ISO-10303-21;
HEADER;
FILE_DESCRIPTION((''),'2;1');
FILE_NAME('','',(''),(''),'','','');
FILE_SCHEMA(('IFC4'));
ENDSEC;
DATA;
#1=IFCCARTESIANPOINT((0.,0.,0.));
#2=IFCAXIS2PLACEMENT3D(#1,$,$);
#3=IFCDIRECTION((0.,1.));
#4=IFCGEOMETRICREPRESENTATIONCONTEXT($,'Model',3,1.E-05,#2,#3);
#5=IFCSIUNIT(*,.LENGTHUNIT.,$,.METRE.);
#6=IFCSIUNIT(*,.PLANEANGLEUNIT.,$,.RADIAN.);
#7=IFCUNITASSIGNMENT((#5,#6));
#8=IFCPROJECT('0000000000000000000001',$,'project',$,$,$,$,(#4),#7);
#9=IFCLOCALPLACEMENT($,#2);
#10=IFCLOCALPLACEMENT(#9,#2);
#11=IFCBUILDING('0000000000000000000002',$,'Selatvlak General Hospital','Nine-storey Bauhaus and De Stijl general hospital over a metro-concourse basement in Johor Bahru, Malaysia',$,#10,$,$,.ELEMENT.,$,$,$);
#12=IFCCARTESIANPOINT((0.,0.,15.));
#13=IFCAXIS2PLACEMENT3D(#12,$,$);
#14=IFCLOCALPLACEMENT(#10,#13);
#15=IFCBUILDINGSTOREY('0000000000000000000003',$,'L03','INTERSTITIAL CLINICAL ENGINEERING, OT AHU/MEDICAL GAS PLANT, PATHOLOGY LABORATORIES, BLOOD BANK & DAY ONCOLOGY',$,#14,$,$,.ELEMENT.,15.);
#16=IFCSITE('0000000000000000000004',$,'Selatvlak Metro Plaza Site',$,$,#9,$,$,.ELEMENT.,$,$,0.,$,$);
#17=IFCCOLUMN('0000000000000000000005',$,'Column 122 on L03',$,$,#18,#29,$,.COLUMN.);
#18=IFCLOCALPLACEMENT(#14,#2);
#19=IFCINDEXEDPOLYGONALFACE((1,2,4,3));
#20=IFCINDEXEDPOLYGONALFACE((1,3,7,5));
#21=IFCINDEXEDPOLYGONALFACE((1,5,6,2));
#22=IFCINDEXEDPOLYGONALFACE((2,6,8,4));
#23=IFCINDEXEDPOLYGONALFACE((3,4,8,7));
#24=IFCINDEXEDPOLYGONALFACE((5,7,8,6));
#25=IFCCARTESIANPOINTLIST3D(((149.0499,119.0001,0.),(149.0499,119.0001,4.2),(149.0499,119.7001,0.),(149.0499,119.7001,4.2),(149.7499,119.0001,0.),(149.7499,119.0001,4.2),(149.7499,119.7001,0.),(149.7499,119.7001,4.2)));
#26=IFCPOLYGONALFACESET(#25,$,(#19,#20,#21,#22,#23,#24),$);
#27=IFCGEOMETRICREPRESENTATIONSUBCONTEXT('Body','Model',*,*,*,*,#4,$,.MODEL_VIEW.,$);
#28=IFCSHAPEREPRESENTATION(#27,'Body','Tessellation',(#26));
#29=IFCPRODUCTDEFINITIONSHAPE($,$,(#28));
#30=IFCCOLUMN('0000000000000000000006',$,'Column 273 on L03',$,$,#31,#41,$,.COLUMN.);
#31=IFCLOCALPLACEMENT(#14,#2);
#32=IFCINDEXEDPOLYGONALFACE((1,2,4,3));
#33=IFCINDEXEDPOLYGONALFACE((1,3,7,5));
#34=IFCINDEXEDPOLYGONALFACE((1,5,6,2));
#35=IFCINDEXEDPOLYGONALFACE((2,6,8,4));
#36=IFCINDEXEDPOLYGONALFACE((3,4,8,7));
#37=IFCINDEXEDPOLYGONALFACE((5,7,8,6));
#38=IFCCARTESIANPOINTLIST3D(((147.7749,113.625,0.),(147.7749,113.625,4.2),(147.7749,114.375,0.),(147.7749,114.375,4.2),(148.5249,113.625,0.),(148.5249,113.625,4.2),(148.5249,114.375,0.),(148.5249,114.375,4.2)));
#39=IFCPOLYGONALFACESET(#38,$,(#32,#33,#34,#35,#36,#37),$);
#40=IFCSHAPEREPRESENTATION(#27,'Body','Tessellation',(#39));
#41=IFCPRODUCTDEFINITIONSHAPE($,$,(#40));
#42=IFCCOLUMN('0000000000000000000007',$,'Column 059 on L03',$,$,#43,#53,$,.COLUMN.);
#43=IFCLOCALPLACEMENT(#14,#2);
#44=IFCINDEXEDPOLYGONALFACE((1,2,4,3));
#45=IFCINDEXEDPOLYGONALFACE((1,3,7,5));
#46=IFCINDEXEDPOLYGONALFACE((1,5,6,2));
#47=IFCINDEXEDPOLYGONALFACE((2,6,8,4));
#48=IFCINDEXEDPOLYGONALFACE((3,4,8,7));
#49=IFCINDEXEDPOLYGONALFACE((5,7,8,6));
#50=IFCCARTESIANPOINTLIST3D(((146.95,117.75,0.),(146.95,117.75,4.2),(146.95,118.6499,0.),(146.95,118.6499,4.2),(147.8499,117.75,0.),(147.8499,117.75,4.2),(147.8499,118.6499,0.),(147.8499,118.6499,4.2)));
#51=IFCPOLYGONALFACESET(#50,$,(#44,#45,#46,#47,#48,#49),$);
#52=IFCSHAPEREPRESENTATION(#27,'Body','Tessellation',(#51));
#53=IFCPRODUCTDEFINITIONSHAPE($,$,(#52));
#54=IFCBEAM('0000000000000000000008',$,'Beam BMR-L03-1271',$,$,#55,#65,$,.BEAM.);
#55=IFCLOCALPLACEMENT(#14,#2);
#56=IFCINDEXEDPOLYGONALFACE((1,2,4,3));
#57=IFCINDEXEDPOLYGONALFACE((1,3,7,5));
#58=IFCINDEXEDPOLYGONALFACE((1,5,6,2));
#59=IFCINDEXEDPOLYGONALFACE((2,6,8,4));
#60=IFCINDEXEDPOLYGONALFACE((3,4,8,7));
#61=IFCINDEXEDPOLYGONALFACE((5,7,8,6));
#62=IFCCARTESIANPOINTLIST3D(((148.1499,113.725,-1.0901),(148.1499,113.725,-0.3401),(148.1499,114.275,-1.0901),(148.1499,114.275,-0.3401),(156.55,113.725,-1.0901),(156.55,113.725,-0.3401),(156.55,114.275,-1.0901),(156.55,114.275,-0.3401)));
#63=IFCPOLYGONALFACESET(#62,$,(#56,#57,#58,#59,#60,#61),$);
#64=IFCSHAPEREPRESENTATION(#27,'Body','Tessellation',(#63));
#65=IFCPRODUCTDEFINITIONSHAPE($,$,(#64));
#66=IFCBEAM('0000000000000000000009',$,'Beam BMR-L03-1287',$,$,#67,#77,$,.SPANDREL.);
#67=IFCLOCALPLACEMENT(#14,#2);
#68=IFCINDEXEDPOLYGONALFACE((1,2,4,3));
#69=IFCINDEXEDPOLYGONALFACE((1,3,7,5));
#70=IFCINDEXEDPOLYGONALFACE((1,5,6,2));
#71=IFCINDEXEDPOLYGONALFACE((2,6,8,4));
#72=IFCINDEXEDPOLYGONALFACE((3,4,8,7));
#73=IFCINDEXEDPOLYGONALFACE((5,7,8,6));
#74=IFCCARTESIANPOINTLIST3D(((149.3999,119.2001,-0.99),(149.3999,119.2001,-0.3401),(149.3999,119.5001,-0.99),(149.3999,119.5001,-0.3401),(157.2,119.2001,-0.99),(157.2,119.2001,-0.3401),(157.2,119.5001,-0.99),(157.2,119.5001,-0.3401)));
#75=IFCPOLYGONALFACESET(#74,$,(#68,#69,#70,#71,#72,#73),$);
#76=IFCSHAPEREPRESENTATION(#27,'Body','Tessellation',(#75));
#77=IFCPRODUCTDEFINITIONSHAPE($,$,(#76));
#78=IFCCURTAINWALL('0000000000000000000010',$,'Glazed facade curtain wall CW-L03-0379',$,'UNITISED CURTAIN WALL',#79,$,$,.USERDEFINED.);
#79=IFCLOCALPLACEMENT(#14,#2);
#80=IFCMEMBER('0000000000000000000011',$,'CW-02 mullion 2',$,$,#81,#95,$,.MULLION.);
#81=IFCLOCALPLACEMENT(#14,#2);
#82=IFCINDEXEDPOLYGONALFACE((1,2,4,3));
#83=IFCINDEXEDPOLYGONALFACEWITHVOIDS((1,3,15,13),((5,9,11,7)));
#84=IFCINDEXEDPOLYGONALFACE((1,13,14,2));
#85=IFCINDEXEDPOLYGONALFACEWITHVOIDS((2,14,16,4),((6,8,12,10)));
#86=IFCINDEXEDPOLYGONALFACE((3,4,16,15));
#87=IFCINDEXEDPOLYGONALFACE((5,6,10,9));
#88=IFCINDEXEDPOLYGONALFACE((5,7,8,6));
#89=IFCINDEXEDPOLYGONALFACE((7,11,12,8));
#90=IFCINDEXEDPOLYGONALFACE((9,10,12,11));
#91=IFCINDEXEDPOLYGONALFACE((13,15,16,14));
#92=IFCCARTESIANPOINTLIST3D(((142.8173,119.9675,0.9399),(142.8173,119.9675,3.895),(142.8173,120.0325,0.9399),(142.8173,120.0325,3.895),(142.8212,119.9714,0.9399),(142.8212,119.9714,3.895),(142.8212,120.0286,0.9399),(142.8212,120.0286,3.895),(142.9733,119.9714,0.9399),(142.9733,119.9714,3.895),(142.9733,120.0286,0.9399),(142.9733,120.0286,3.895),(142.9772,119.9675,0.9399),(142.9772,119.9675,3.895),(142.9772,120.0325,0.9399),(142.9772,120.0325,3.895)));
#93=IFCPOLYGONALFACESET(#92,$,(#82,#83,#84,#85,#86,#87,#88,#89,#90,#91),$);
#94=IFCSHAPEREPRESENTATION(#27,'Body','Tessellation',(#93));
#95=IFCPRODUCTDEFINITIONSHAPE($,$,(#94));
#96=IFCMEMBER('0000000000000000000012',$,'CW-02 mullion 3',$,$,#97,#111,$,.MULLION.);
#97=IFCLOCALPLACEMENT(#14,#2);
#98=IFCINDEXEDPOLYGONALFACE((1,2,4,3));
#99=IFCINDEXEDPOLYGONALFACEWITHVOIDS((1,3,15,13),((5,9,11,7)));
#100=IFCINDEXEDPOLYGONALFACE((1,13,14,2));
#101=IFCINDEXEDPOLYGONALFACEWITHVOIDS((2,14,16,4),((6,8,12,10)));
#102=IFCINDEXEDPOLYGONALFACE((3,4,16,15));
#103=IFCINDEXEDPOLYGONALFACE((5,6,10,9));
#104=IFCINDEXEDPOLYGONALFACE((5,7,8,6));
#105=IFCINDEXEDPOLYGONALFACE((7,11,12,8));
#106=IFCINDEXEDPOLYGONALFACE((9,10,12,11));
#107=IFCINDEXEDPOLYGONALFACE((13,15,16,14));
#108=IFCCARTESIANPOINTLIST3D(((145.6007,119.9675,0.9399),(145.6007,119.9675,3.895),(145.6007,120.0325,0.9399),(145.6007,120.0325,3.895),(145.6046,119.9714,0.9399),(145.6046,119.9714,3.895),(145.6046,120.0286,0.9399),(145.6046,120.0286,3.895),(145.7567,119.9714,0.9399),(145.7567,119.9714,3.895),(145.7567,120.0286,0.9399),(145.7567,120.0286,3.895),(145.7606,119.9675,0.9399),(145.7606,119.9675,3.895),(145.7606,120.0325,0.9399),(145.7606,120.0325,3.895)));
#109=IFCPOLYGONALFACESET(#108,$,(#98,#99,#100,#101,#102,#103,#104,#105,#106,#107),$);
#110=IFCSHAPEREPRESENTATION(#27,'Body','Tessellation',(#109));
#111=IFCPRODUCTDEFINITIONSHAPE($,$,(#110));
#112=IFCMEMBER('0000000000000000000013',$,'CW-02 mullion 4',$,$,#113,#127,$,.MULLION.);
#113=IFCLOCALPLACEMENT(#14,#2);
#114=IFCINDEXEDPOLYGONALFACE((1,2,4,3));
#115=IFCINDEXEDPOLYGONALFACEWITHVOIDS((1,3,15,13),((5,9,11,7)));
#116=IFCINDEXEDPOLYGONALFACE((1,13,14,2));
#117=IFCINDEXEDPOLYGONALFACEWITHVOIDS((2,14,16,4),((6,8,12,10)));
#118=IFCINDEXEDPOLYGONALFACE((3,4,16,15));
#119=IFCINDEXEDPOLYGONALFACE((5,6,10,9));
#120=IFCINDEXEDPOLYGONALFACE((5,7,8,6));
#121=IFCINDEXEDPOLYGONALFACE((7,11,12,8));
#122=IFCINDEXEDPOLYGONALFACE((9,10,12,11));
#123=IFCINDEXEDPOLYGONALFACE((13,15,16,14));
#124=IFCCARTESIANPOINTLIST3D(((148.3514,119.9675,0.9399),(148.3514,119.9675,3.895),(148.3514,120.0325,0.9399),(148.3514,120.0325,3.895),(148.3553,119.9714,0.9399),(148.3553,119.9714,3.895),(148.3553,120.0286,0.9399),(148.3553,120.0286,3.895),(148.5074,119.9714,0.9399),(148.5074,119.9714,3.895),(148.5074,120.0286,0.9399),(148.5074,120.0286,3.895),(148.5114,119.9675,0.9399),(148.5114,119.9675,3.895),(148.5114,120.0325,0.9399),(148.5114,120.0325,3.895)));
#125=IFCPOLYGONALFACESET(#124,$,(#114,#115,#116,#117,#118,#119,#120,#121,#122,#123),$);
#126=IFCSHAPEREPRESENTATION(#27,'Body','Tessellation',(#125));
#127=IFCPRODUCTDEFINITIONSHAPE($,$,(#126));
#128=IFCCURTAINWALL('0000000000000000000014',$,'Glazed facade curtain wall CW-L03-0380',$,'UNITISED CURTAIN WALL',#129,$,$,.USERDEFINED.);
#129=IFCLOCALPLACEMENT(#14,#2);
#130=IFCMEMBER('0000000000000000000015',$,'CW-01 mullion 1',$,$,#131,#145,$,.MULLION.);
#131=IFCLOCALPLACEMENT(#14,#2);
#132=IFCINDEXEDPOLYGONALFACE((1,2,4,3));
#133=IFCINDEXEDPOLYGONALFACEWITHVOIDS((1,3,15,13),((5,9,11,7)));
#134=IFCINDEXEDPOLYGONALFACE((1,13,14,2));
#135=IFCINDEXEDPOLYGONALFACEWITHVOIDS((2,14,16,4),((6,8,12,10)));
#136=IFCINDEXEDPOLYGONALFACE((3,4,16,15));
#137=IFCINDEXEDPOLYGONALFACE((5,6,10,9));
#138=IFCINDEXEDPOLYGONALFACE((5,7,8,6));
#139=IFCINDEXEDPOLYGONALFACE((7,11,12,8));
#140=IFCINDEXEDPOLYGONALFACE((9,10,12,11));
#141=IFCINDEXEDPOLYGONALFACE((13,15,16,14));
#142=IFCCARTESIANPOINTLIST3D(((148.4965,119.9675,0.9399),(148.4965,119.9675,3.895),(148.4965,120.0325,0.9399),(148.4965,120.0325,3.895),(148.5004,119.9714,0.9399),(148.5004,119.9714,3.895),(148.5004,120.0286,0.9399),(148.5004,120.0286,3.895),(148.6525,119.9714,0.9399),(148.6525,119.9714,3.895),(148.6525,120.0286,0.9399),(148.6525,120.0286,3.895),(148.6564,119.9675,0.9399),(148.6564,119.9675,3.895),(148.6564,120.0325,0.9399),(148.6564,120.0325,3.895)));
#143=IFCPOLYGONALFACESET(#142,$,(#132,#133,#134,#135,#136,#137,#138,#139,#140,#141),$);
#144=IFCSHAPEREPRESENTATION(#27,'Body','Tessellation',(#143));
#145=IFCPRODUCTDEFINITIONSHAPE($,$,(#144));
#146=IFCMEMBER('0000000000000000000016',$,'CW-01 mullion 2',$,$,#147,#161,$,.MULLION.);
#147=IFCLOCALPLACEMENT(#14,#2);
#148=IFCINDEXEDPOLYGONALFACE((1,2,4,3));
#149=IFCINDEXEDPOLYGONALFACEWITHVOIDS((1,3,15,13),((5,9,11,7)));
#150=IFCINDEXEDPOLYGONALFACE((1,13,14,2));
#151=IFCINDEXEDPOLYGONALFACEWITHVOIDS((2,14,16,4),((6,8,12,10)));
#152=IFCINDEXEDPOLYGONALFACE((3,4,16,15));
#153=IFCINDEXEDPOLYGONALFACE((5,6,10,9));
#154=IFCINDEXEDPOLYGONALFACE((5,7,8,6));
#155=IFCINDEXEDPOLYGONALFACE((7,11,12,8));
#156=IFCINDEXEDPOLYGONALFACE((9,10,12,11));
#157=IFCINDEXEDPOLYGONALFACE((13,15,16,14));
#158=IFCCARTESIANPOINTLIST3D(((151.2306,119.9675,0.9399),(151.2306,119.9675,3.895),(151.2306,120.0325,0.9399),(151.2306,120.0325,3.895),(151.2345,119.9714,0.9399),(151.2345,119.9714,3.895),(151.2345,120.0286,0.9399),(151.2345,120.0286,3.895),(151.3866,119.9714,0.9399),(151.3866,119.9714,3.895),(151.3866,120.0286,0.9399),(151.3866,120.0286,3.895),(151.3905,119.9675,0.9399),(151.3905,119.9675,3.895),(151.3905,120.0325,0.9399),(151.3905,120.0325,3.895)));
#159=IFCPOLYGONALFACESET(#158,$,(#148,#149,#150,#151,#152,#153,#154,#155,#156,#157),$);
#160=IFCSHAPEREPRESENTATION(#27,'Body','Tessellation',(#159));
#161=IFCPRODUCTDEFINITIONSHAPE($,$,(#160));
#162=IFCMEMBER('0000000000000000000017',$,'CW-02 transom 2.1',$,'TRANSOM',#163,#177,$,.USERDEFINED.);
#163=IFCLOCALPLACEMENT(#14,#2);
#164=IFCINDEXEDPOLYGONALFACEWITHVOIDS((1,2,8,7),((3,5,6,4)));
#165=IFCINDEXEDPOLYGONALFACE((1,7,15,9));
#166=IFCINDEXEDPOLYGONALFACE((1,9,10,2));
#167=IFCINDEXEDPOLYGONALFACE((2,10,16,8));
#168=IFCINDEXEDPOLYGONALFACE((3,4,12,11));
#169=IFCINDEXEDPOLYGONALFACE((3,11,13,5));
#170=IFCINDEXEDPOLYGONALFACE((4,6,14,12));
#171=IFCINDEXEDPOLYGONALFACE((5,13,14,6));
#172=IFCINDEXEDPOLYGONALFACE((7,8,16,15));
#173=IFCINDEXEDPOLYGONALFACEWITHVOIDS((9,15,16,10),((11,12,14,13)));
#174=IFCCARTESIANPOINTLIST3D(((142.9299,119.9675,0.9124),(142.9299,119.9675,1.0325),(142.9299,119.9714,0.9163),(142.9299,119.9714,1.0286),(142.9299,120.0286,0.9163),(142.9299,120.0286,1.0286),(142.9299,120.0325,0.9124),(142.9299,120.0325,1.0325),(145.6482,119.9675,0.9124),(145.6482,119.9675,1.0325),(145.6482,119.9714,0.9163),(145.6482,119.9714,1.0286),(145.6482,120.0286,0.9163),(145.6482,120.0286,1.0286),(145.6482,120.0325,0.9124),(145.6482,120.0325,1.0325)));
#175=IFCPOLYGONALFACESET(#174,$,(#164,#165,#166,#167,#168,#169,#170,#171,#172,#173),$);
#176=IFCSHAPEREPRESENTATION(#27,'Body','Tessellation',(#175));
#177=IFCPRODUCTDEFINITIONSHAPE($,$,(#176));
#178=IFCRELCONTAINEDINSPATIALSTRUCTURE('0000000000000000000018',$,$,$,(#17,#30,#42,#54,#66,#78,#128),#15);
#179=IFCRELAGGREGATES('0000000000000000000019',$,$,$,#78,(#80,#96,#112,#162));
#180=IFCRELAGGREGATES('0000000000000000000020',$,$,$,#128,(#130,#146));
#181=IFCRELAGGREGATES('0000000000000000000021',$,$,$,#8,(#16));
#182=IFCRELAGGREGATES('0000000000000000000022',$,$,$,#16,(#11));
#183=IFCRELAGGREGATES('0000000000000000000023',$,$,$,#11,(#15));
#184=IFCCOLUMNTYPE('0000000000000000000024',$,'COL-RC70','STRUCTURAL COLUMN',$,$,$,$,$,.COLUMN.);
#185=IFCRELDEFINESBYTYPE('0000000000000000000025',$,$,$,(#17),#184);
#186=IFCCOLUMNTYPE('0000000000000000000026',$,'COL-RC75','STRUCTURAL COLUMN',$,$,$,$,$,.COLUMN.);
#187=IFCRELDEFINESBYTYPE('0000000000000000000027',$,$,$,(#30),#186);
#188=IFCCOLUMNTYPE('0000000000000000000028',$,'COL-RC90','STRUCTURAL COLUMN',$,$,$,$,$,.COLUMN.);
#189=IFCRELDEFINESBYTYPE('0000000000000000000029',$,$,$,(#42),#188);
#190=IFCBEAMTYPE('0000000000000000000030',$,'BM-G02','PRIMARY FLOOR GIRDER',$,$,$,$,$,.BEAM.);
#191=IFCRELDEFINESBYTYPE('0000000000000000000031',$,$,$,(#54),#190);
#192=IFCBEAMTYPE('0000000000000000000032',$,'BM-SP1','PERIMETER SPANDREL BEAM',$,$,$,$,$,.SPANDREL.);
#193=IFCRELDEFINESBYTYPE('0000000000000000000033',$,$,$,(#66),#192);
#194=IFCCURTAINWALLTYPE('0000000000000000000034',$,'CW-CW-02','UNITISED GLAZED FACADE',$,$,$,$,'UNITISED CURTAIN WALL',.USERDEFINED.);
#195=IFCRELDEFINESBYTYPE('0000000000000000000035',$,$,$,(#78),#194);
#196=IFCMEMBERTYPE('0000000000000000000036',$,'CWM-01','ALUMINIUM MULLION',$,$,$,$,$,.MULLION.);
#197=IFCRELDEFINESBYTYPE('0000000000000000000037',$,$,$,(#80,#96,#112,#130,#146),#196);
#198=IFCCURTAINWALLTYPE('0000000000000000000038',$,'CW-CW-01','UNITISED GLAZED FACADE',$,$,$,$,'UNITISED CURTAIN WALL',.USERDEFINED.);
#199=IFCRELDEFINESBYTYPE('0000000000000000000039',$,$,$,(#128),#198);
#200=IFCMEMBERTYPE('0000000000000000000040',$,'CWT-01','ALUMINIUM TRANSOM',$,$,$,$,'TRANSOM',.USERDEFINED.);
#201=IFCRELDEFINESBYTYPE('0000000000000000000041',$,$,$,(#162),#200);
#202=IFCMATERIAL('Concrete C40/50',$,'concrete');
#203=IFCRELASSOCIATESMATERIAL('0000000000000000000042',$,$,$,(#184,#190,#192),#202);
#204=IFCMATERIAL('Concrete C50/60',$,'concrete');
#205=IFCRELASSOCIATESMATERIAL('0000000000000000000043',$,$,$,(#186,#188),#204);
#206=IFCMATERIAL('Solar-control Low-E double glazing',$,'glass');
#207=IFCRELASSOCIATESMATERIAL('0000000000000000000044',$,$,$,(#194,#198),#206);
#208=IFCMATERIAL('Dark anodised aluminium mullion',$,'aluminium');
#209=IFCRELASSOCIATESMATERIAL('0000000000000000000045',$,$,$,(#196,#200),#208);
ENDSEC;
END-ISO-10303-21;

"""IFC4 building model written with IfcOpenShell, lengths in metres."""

from ifc_helpers import new_model, si_unit, direction, frame, origin, origin_2d, place, context, subcontext, project, spatial, rectangle, hollow_rectangle, extrude, material, material_profile, profile_set, type_object, element, aggregate, save


model = new_model("IFC4")

# Units and contexts
model_context = context("Model", 3, precision=1e-05, world=origin(), true_north=direction((0.0, 1.0)))
body_context = subcontext(model_context, "Body", "Model", "MODEL_VIEW")
ifc_project = project(units=[si_unit("LENGTHUNIT", "METRE"), si_unit("PLANEANGLEUNIT", "RADIAN")], contexts=[model_context])

# Site, building, storey
site_placement = place(None, origin())
site = spatial("IfcSite", under=ifc_project, at=site_placement, Name="Selatvlak Metro Plaza Site", CompositionType="ELEMENT", RefElevation=0.0)
building_placement = place(site_placement, origin())
building = spatial("IfcBuilding", under=site, at=building_placement, Name="Selatvlak General Hospital", Description="Nine-storey Bauhaus and De Stijl general hospital over a metro-concourse basement in Johor Bahru, Malaysia", CompositionType="ELEMENT")
storey_placement = place(building_placement, frame((0.0, 0.0, 15.0)))
storey = spatial("IfcBuildingStorey", under=building, at=storey_placement, Name="L03", Description="INTERSTITIAL CLINICAL ENGINEERING, OT AHU/MEDICAL GAS PLANT, PATHOLOGY LABORATORIES, BLOOD BANK & DAY ONCOLOGY", CompositionType="ELEMENT", Elevation=15.0)

# Columns
ifc_material_1 = material(Name="Concrete C40/50", Category="concrete")
ifc_material_profile_1 = material_profile(ifc_material_1, rectangle(XDim=0.7, YDim=0.7, at=origin_2d()), Name="RC-COL 700x700")
ifc_profile_set_1 = profile_set([ifc_material_profile_1], Name="Concrete C40/50")
column_type_1 = type_object("IfcColumnType", Name="COL-RC70", Description="STRUCTURAL COLUMN", PredefinedType="COLUMN", material=ifc_profile_set_1)
column_1_placement = place(storey_placement, frame((149.3999, 119.3501, 0.0), z_axis=(0.0, 0.0, 1.0), x_axis=(1.0, 0.0, 0.0)))
element("IfcColumn", 1, at=column_1_placement, inside=storey, type_object=column_type_1, Name="Column 122 on L03", PredefinedType="COLUMN", context=body_context, shape_type="SweptSolid", body=[
    extrude(rectangle(XDim=0.7, YDim=0.7, at=origin_2d()), origin(), (0.0, 0.0, 1.0), 4.2),
])
ifc_material_2 = material(Name="Concrete C50/60", Category="concrete")
ifc_material_profile_2 = material_profile(ifc_material_2, rectangle(XDim=0.75, YDim=0.75, at=origin_2d()), Name="RC-COL 750x750")
ifc_profile_set_2 = profile_set([ifc_material_profile_2], Name="Concrete C50/60")
column_type_2 = type_object("IfcColumnType", Name="COL-RC75", Description="STRUCTURAL COLUMN", PredefinedType="COLUMN", material=ifc_profile_set_2)
column_2_placement = place(storey_placement, frame((148.1499, 114.0, 0.0), z_axis=(0.0, 0.0, 1.0), x_axis=(1.0, 0.0, 0.0)))
element("IfcColumn", 2, at=column_2_placement, inside=storey, type_object=column_type_2, Name="Column 273 on L03", PredefinedType="COLUMN", context=body_context, shape_type="SweptSolid", body=[
    extrude(rectangle(XDim=0.75, YDim=0.75, at=origin_2d()), origin(), (0.0, 0.0, 1.0), 4.2),
])
ifc_material_profile_3 = material_profile(ifc_material_2, rectangle(XDim=0.8999, YDim=0.8999, at=origin_2d()), Name="RC-COL 900x900")
ifc_profile_set_3 = profile_set([ifc_material_profile_3], Name="Concrete C50/60")
column_type_3 = type_object("IfcColumnType", Name="COL-RC90", Description="STRUCTURAL COLUMN", PredefinedType="COLUMN", material=ifc_profile_set_3)
column_3_placement = place(storey_placement, frame((147.3999, 118.2, 0.0), z_axis=(0.0, 0.0, 1.0), x_axis=(1.0, 0.0, 0.0)))
element("IfcColumn", 3, at=column_3_placement, inside=storey, type_object=column_type_3, Name="Column 059 on L03", PredefinedType="COLUMN", context=body_context, shape_type="SweptSolid", body=[
    extrude(rectangle(XDim=0.8999, YDim=0.8999, at=origin_2d()), origin(), (0.0, 0.0, 1.0), 4.2),
])

# Beams
ifc_material_profile_4 = material_profile(ifc_material_1, rectangle(XDim=0.55, YDim=0.75, at=origin_2d()), Name="RC-BM 550x750")
ifc_profile_set_4 = profile_set([ifc_material_profile_4], Name="Concrete C40/50")
beam_type_1 = type_object("IfcBeamType", Name="BM-G02", Description="PRIMARY FLOOR GIRDER", PredefinedType="BEAM", material=ifc_profile_set_4)
beam_1_placement = place(storey_placement, frame((148.1499, 114.0, -0.7151), z_axis=(1.0, 0.0, 0.0), x_axis=(0.0, 1.0, 0.0)))
element("IfcBeam", 4, at=beam_1_placement, inside=storey, type_object=beam_type_1, Name="Beam BMR-L03-1271", PredefinedType="BEAM", context=body_context, shape_type="SweptSolid", body=[
    extrude(rectangle(XDim=0.55, YDim=0.75, at=origin_2d()), origin(), (0.0, 0.0, 1.0), 8.4001),
])
ifc_material_profile_5 = material_profile(ifc_material_1, rectangle(XDim=0.3, YDim=0.6499, at=origin_2d()), Name="RC-SP 300x650")
ifc_profile_set_5 = profile_set([ifc_material_profile_5], Name="Concrete C40/50")
beam_type_2 = type_object("IfcBeamType", Name="BM-SP1", Description="PERIMETER SPANDREL BEAM", PredefinedType="SPANDREL", material=ifc_profile_set_5)
beam_2_placement = place(storey_placement, frame((149.3999, 119.3501, -0.665), z_axis=(1.0, 0.0, 0.0), x_axis=(0.0, 1.0, 0.0)))
element("IfcBeam", 5, at=beam_2_placement, inside=storey, type_object=beam_type_2, Name="Beam BMR-L03-1287", PredefinedType="SPANDREL", context=body_context, shape_type="SweptSolid", body=[
    extrude(rectangle(XDim=0.3, YDim=0.6499, at=origin_2d()), origin(), (0.0, 0.0, 1.0), 7.8),
])

# Curtain walls, members
ifc_material_3 = material(Name="Solar-control Low-E double glazing", Category="glass")
curtain_wall_type_1 = type_object("IfcCurtainWallType", Name="CW-CW-02", Description="UNITISED GLAZED FACADE", ElementType="UNITISED CURTAIN WALL", PredefinedType="USERDEFINED", material=ifc_material_3)
curtain_wall_1_placement = place(storey_placement, origin())
curtain_wall_1 = element("IfcCurtainWall", 6, at=curtain_wall_1_placement, inside=storey, type_object=curtain_wall_type_1, Name="Glazed facade curtain wall CW-L03-0379", ObjectType="UNITISED CURTAIN WALL", PredefinedType="USERDEFINED")
ifc_material_4 = material(Name="Dark anodised aluminium mullion", Category="aluminium")
ifc_material_profile_6 = material_profile(ifc_material_4, hollow_rectangle(XDim=0.0649, YDim=0.1599, WallThickness=0.0039, at=origin_2d()), Name="AL-MUL 65x160x4")
ifc_profile_set_6 = profile_set([ifc_material_profile_6], Name="Dark anodised aluminium mullion")
member_type_1 = type_object("IfcMemberType", Name="CWM-01", Description="ALUMINIUM MULLION", PredefinedType="MULLION", material=ifc_profile_set_6)
member_1_placement = place(storey_placement, frame((142.8972, 120.0, 0.9399), z_axis=(0.0, 0.0, 1.0), x_axis=(0.0, 1.0, 0.0)))
member_1 = element("IfcMember", 7, at=member_1_placement, type_object=member_type_1, Name="CW-02 mullion 2", PredefinedType="MULLION", context=body_context, shape_type="SweptSolid", body=[
    extrude(hollow_rectangle(XDim=0.0649, YDim=0.1599, WallThickness=0.0039, at=origin_2d()), origin(), (0.0, 0.0, 1.0), 2.9551),
])
member_2_placement = place(storey_placement, frame((145.6807, 120.0, 0.9399), z_axis=(0.0, 0.0, 1.0), x_axis=(0.0, 1.0, 0.0)))
member_2 = element("IfcMember", 8, at=member_2_placement, type_object=member_type_1, Name="CW-02 mullion 3", PredefinedType="MULLION", context=body_context, shape_type="SweptSolid", body=[
    extrude(hollow_rectangle(XDim=0.0649, YDim=0.1599, WallThickness=0.0039, at=origin_2d()), origin(), (0.0, 0.0, 1.0), 2.9551),
])
member_3_placement = place(storey_placement, frame((148.4314, 120.0, 0.9399), z_axis=(0.0, 0.0, 1.0), x_axis=(0.0, 1.0, 0.0)))
member_3 = element("IfcMember", 9, at=member_3_placement, type_object=member_type_1, Name="CW-02 mullion 4", PredefinedType="MULLION", context=body_context, shape_type="SweptSolid", body=[
    extrude(hollow_rectangle(XDim=0.0649, YDim=0.1599, WallThickness=0.0039, at=origin_2d()), origin(), (0.0, 0.0, 1.0), 2.9551),
])
curtain_wall_type_2 = type_object("IfcCurtainWallType", Name="CW-CW-01", Description="UNITISED GLAZED FACADE", ElementType="UNITISED CURTAIN WALL", PredefinedType="USERDEFINED", material=ifc_material_3)
curtain_wall_2_placement = place(storey_placement, origin())
curtain_wall_2 = element("IfcCurtainWall", 10, at=curtain_wall_2_placement, inside=storey, type_object=curtain_wall_type_2, Name="Glazed facade curtain wall CW-L03-0380", ObjectType="UNITISED CURTAIN WALL", PredefinedType="USERDEFINED")
member_4_placement = place(storey_placement, frame((148.5764, 120.0, 0.9399), z_axis=(0.0, 0.0, 1.0), x_axis=(0.0, 1.0, 0.0)))
member_4 = element("IfcMember", 11, at=member_4_placement, type_object=member_type_1, Name="CW-01 mullion 1", PredefinedType="MULLION", context=body_context, shape_type="SweptSolid", body=[
    extrude(hollow_rectangle(XDim=0.0649, YDim=0.1599, WallThickness=0.0039, at=origin_2d()), origin(), (0.0, 0.0, 1.0), 2.9551),
])
member_5_placement = place(storey_placement, frame((151.3105, 120.0, 0.9399), z_axis=(0.0, 0.0, 1.0), x_axis=(0.0, 1.0, 0.0)))
member_5 = element("IfcMember", 12, at=member_5_placement, type_object=member_type_1, Name="CW-01 mullion 2", PredefinedType="MULLION", context=body_context, shape_type="SweptSolid", body=[
    extrude(hollow_rectangle(XDim=0.0649, YDim=0.1599, WallThickness=0.0039, at=origin_2d()), origin(), (0.0, 0.0, 1.0), 2.9551),
])

# Member
ifc_material_profile_7 = material_profile(ifc_material_4, hollow_rectangle(XDim=0.0649, YDim=0.1201, WallThickness=0.0039, at=origin_2d()), Name="AL-TRN 65x120x4")
ifc_profile_set_7 = profile_set([ifc_material_profile_7], Name="Dark anodised aluminium mullion")
member_type_2 = type_object("IfcMemberType", Name="CWT-01", Description="ALUMINIUM TRANSOM", ElementType="TRANSOM", PredefinedType="USERDEFINED", material=ifc_profile_set_7)
member_6_placement = place(storey_placement, frame((142.9299, 120.0, 0.9724), z_axis=(1.0, 0.0, 0.0), x_axis=(0.0, 1.0, 0.0)))
member_6 = element("IfcMember", 13, at=member_6_placement, type_object=member_type_2, Name="CW-02 transom 2.1", ObjectType="TRANSOM", PredefinedType="USERDEFINED", context=body_context, shape_type="SweptSolid", body=[
    extrude(hollow_rectangle(XDim=0.0649, YDim=0.1201, WallThickness=0.0039, at=origin_2d()), origin(), (0.0, 0.0, 1.0), 2.7183),
])

aggregate(curtain_wall_1, [member_1, member_2, member_3, member_6])
aggregate(curtain_wall_2, [member_4, member_5])

save(model, "model.ifc")
